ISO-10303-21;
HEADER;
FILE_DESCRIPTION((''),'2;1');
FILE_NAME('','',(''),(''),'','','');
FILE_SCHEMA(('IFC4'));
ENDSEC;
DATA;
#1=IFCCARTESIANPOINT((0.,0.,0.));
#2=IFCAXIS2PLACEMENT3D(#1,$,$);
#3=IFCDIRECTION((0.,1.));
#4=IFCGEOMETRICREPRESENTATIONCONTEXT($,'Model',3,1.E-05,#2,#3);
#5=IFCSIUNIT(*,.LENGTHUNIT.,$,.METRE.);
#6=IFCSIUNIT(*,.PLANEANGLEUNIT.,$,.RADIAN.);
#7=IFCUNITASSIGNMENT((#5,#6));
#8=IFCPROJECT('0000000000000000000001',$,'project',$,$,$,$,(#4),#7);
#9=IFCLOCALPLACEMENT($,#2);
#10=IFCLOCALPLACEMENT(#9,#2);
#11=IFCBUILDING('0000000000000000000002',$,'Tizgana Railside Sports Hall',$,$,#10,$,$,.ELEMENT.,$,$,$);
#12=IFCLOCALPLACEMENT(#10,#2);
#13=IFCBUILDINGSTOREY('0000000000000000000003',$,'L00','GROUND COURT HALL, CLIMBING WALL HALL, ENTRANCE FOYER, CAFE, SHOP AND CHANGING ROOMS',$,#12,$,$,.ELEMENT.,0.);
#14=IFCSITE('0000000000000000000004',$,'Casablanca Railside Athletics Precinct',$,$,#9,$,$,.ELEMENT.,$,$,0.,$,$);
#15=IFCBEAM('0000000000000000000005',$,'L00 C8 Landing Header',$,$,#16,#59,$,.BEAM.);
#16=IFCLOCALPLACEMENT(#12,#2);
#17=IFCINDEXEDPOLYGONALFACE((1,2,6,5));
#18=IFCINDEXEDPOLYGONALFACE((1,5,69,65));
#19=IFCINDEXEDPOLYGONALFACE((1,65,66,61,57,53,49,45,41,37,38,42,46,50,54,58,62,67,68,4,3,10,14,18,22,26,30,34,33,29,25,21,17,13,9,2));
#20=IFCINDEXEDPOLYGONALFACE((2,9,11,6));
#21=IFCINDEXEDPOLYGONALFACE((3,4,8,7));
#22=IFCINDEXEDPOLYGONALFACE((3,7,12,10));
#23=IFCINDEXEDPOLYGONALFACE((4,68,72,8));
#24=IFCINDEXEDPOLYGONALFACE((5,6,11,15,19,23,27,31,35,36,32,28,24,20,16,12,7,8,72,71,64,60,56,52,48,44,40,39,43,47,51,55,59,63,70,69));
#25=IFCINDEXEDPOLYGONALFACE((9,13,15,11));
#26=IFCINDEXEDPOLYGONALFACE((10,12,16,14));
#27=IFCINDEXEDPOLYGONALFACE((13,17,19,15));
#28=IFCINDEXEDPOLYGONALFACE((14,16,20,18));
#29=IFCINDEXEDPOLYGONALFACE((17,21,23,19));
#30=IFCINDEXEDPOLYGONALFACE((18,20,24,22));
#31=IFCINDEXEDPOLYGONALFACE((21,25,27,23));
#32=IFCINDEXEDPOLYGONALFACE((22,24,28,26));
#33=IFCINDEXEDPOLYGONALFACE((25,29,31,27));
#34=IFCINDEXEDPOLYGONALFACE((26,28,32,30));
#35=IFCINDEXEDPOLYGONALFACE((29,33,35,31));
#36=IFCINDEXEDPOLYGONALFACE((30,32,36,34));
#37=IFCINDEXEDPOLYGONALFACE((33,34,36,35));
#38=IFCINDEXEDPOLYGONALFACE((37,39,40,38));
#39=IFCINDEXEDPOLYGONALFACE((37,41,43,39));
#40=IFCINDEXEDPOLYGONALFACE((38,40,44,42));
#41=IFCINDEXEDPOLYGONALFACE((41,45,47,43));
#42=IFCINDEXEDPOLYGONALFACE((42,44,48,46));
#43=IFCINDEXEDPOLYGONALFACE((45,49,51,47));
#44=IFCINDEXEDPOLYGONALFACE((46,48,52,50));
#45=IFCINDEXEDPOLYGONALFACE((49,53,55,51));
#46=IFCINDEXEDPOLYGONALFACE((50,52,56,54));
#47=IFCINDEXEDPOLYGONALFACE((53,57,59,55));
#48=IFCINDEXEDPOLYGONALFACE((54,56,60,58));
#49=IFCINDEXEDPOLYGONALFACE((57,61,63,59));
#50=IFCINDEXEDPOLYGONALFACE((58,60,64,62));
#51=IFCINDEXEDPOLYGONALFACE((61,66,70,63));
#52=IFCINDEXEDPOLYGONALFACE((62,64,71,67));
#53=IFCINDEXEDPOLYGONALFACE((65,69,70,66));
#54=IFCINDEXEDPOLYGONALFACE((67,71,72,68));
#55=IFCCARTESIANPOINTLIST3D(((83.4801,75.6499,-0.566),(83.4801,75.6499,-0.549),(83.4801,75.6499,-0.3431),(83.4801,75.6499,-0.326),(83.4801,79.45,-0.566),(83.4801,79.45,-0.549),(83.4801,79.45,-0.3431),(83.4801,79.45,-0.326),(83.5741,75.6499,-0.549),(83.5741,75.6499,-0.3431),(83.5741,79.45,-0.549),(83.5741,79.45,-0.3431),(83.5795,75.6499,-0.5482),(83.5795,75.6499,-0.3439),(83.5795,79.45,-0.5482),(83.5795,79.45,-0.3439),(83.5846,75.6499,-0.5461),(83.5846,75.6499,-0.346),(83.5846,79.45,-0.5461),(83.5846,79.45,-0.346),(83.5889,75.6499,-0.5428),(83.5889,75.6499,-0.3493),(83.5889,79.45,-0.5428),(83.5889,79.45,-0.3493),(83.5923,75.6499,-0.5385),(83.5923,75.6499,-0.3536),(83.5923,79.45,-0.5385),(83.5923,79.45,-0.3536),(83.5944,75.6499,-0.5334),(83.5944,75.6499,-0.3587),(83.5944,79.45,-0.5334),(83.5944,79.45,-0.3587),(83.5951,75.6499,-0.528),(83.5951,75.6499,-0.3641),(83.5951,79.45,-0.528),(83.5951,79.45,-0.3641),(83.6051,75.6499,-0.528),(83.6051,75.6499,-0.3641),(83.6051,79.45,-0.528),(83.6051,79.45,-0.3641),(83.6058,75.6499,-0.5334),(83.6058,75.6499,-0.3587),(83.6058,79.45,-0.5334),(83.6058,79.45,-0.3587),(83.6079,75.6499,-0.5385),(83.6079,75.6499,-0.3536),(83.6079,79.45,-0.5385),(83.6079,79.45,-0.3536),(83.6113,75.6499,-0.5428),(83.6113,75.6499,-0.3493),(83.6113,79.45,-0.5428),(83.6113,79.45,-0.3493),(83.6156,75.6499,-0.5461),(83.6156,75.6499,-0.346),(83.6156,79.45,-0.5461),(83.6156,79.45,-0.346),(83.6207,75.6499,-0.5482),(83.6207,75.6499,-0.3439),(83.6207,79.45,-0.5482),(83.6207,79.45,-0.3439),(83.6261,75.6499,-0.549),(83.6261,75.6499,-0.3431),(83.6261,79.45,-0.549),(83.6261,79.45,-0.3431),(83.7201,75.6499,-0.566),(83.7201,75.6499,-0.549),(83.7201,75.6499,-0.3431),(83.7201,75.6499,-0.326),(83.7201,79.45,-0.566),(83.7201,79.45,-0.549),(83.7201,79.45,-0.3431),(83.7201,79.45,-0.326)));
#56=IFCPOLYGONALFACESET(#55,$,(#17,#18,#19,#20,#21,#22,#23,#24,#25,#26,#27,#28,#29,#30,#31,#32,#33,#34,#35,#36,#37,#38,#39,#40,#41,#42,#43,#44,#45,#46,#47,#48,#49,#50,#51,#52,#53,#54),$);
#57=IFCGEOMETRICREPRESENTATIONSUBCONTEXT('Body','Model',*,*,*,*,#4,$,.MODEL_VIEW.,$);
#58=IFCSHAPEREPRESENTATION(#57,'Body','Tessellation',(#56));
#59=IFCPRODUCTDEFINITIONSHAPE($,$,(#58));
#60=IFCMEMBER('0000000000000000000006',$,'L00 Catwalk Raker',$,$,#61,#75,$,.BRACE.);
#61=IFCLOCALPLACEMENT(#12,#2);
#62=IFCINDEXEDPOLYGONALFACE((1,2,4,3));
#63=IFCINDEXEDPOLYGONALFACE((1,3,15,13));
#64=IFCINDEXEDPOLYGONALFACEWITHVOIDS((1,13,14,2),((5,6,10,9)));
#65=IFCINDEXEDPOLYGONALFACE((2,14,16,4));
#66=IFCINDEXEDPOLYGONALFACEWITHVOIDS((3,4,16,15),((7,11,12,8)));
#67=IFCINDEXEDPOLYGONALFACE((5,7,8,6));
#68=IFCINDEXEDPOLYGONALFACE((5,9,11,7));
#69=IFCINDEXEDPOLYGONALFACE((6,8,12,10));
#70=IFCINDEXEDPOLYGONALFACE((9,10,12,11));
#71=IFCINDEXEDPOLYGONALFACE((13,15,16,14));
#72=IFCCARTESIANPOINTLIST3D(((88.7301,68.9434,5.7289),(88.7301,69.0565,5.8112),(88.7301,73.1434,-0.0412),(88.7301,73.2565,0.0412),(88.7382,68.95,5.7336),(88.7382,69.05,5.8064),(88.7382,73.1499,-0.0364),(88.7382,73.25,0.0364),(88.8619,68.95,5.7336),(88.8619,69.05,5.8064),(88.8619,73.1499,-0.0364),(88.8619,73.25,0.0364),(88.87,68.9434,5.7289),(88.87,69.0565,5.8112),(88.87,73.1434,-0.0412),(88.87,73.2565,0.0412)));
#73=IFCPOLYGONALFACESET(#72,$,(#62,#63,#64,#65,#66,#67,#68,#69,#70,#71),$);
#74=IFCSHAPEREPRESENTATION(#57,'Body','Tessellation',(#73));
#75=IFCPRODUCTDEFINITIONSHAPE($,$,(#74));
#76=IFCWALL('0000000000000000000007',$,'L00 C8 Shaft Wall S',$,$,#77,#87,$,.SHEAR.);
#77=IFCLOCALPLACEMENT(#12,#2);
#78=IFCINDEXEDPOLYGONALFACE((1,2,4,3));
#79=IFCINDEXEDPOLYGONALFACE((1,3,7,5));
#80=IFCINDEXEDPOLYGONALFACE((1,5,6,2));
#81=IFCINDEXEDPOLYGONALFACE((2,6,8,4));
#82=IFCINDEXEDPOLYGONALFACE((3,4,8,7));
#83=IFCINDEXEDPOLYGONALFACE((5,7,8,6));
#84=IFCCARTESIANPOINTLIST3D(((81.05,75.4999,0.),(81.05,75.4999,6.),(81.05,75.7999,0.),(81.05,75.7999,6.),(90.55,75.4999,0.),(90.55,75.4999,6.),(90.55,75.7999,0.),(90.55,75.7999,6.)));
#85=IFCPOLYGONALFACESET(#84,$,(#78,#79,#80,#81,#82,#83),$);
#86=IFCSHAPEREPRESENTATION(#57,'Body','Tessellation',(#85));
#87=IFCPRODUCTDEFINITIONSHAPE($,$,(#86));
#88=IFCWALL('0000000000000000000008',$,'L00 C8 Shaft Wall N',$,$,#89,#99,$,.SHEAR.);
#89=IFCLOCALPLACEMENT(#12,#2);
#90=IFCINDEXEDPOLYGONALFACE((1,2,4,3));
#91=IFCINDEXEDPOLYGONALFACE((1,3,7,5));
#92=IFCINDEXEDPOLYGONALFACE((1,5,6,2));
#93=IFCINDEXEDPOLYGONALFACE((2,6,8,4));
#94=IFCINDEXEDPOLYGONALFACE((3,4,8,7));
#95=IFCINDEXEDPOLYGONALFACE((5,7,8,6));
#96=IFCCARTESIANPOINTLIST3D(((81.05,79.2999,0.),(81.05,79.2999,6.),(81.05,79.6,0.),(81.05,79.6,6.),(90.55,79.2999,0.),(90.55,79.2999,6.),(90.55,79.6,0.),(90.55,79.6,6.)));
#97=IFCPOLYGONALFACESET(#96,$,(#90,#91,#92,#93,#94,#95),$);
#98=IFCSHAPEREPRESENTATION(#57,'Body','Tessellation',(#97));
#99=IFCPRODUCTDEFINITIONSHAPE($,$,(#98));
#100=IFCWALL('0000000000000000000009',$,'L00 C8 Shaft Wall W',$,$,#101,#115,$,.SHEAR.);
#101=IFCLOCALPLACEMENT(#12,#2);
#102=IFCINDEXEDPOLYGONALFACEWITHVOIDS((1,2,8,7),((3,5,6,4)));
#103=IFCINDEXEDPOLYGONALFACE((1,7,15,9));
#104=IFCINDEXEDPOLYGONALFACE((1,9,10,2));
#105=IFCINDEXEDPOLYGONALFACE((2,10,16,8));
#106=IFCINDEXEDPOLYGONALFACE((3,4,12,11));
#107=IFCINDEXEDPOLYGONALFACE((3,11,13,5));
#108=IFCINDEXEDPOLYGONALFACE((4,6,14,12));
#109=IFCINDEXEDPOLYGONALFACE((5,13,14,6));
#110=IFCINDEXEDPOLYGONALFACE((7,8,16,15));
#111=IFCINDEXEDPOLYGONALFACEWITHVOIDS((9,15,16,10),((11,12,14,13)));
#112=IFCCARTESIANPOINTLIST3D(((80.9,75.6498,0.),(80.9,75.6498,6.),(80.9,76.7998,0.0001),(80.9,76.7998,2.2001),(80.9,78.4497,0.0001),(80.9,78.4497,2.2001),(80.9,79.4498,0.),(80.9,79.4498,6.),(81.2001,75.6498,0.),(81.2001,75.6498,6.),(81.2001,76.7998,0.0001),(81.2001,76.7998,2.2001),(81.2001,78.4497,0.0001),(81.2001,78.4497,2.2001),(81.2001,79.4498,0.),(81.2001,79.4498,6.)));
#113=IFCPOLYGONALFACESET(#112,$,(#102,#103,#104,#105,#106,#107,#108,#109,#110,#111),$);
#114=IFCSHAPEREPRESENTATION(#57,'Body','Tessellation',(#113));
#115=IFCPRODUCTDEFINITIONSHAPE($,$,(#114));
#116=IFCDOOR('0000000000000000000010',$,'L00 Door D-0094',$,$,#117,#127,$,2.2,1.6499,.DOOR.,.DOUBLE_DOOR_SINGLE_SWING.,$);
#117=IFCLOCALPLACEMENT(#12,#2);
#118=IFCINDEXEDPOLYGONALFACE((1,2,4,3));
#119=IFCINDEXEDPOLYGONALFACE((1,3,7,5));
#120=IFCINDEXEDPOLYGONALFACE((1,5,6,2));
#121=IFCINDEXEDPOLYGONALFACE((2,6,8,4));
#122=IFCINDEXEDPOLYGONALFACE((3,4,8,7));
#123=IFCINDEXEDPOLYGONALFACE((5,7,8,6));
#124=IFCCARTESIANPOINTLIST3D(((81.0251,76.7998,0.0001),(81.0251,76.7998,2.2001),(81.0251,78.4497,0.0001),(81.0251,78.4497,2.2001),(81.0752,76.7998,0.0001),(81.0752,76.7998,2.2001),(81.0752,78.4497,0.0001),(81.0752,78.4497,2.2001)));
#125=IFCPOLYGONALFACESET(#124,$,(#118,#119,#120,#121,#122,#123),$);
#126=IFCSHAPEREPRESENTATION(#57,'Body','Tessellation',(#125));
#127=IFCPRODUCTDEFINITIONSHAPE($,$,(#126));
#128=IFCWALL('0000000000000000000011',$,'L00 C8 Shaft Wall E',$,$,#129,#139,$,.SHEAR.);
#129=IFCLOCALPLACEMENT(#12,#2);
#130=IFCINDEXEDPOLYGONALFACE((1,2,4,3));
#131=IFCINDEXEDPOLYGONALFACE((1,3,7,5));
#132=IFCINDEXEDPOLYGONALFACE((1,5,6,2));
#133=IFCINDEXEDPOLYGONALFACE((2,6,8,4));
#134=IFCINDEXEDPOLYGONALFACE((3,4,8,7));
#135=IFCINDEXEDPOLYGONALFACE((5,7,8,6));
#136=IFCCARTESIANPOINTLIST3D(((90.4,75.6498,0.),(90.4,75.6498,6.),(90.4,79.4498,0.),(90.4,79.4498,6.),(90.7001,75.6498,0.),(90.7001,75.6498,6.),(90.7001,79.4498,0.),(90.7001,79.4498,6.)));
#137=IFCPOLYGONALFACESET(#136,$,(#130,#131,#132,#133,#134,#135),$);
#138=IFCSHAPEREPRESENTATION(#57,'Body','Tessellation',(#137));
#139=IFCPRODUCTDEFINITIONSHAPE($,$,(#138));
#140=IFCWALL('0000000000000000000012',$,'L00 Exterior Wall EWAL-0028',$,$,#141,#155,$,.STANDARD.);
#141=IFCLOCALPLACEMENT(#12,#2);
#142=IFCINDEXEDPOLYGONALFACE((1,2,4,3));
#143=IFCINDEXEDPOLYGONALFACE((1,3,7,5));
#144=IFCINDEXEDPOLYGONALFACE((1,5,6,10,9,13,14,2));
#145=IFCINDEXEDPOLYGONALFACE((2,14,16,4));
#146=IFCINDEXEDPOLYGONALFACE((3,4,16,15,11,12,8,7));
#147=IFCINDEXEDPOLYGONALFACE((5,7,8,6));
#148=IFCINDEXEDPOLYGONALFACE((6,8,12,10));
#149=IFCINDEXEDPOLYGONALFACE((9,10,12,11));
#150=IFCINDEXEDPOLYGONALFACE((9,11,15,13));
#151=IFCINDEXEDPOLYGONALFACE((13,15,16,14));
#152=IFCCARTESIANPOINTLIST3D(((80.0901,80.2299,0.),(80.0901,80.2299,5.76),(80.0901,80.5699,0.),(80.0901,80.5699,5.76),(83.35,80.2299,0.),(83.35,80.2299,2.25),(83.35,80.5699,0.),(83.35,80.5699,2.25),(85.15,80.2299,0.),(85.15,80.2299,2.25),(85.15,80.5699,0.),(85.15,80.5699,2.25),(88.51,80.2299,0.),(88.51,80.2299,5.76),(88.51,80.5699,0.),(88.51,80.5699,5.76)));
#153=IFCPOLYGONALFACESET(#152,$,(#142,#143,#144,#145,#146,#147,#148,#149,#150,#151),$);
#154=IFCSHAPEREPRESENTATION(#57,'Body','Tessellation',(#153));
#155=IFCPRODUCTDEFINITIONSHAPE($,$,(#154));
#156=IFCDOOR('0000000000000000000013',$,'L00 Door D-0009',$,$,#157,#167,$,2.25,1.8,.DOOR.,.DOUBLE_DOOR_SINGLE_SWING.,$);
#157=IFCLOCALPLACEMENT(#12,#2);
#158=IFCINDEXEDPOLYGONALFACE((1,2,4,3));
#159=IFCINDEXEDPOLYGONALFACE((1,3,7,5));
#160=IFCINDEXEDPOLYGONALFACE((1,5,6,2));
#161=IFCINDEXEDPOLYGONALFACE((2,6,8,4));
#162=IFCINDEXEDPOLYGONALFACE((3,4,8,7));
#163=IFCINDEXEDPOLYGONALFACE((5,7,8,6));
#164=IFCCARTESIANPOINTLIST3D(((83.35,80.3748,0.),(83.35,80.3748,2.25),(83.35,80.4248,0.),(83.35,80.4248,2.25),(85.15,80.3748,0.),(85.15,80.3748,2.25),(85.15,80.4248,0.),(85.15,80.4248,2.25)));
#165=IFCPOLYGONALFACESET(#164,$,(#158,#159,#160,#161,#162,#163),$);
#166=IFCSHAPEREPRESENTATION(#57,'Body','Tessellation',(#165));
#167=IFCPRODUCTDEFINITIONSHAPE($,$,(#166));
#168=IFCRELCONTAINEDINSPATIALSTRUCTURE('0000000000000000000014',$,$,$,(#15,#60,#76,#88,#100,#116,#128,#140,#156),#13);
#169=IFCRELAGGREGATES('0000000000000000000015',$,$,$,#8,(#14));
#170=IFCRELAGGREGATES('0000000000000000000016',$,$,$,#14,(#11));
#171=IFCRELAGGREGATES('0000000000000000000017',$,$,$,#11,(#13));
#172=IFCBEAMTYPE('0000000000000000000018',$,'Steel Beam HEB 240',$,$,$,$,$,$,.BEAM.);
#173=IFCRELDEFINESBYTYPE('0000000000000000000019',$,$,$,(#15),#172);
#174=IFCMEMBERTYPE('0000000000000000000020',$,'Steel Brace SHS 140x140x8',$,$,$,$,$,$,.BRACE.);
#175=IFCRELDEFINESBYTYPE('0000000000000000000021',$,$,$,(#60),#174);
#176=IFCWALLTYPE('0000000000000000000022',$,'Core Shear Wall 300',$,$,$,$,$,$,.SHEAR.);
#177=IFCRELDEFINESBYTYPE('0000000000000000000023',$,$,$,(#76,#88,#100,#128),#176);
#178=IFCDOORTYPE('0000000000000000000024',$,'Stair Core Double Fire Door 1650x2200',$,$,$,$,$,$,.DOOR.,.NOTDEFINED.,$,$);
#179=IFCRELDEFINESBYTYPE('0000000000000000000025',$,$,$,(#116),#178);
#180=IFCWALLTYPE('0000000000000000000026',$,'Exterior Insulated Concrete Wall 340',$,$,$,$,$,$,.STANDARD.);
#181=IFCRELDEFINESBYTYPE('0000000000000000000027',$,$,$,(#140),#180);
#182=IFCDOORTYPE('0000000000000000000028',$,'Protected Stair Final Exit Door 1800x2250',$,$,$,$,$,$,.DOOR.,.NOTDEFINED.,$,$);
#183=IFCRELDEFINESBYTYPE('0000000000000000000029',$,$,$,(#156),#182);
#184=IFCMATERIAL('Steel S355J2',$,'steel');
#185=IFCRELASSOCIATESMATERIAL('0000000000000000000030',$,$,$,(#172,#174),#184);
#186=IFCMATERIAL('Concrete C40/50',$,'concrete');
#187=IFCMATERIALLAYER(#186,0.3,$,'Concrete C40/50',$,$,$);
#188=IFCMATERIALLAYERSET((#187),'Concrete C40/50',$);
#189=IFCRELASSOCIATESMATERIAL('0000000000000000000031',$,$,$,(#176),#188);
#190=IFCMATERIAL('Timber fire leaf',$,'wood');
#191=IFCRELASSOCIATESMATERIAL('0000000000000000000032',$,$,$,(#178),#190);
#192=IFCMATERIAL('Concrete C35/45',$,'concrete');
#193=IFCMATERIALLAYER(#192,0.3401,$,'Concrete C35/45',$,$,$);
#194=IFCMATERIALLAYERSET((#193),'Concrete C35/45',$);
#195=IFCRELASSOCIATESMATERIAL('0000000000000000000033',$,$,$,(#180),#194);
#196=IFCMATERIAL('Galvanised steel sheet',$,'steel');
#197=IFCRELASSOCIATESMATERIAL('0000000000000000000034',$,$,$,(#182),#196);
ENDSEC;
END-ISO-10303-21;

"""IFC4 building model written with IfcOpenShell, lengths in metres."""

from ifc_helpers import new_model, si_unit, direction, frame, frame_2d, origin, origin_2d, place, context, subcontext, project, spatial, rectangle, hollow_rectangle, i_section, extrude, material, layer, layer_set, material_profile, profile_set, type_object, element, fill, save


model = new_model("IFC4")

# Units and contexts
model_context = context("Model", 3, precision=1e-05, world=origin(), true_north=direction((0.0, 1.0)))
body_context = subcontext(model_context, "Body", "Model", "MODEL_VIEW")
ifc_project = project(units=[si_unit("LENGTHUNIT", "METRE"), si_unit("PLANEANGLEUNIT", "RADIAN")], contexts=[model_context])

# Site, building, storey
site_placement = place(None, origin())
site = spatial("IfcSite", under=ifc_project, at=site_placement, Name="Casablanca Railside Athletics Precinct", CompositionType="ELEMENT", RefElevation=0.0)
building_placement = place(site_placement, origin())
building = spatial("IfcBuilding", under=site, at=building_placement, Name="Tizgana Railside Sports Hall", CompositionType="ELEMENT")
storey_placement = place(building_placement, origin())
storey = spatial("IfcBuildingStorey", under=building, at=storey_placement, Name="L00", Description="GROUND COURT HALL, CLIMBING WALL HALL, ENTRANCE FOYER, CAFE, SHOP AND CHANGING ROOMS", CompositionType="ELEMENT", Elevation=0.0)

# Shared definitions
ifc_material_1 = material(Name="Concrete C40/50", Category="concrete")

# Beam
ifc_material_2 = material(Name="Steel S355J2", Category="steel")
ifc_material_profile_1 = material_profile(ifc_material_2, i_section(OverallWidth=0.24, OverallDepth=0.24, WebThickness=0.01, FlangeThickness=0.0171, FilletRadius=0.021, at=origin_2d()), Name="HEB 240")
ifc_profile_set_1 = profile_set([ifc_material_profile_1], Name="Steel S355J2")
beam_type_1 = type_object("IfcBeamType", Name="Steel Beam HEB 240", PredefinedType="BEAM", material=ifc_profile_set_1)
beam_placement = place(storey_placement, frame((83.6001, 75.6499, -0.446), z_axis=(0.0, 1.0, 0.0), x_axis=(-1.0, 0.0, 0.0)))
element("IfcBeam", 1, at=beam_placement, inside=storey, type_object=beam_type_1, Name="L00 C8 Landing Header", PredefinedType="BEAM", context=body_context, shape_type="SweptSolid", body=[
    extrude(i_section(OverallWidth=0.24, OverallDepth=0.24, WebThickness=0.01, FlangeThickness=0.0171, FilletRadius=0.021, at=origin_2d()), origin(), (0.0, 0.0, 1.0), 3.8),
])

# Member
ifc_material_profile_2 = material_profile(ifc_material_2, hollow_rectangle(XDim=0.1399, YDim=0.1399, WallThickness=0.0081, at=origin_2d()), Name="SHS 140x140x8")
ifc_profile_set_2 = profile_set([ifc_material_profile_2], Name="Steel S355J2")
member_type = type_object("IfcMemberType", Name="Steel Brace SHS 140x140x8", PredefinedType="BRACE", material=ifc_profile_set_2)
member_placement = place(storey_placement, frame((88.8, 73.2, 0.0), z_axis=(0.0, -0.588499, 0.808498), x_axis=(1.0, 0.0, 0.0)))
element("IfcMember", 2, at=member_placement, inside=storey, type_object=member_type, Name="L00 Catwalk Raker", PredefinedType="BRACE", context=body_context, shape_type="SweptSolid", body=[
    extrude(hollow_rectangle(XDim=0.1399, YDim=0.1399, WallThickness=0.0081, at=origin_2d()), origin(), (0.0, 0.0, 1.0), 7.1367),
])

# Walls
ifc_layer_1 = layer(ifc_material_1, 0.3, Name="Concrete C40/50")
ifc_layer_set_1 = layer_set([ifc_layer_1], Name="Concrete C40/50")
wall_type_1 = type_object("IfcWallType", Name="Core Shear Wall 300", PredefinedType="SHEAR", material=ifc_layer_set_1)
for number, where, z_axis, x_axis, name in (
    (3, (90.55, 75.6499, 0.0), (0.0, 0.0, 1.0), (-1.0, 0.0, 0.0), "L00 C8 Shaft Wall S"),
    (4, (81.05, 79.45, 0.0), (0.0, 0.0, 1.0), (1.0, 0.0, 0.0), "L00 C8 Shaft Wall N"),
):
    element("IfcWall", number, at=place(storey_placement, frame(where, z_axis=z_axis, x_axis=x_axis)), inside=storey, type_object=wall_type_1, Name=name, PredefinedType="SHEAR", context=body_context, shape_type="SweptSolid", body=[
        extrude(rectangle(XDim=9.5, YDim=0.3, at=frame_2d((4.75, 0.0))), origin(), (0.0, 0.0, 1.0), 6.0),
    ])

# Wall, opening, door
wall_1_placement = place(storey_placement, frame((81.05, 75.6499, 0.0), z_axis=(0.0, 0.0, 1.0), x_axis=(0.0, 1.0, 0.0)))
wall_1 = element("IfcWall", 5, at=wall_1_placement, inside=storey, type_object=wall_type_1, Name="L00 C8 Shaft Wall W", PredefinedType="SHEAR", context=body_context, shape_type="SweptSolid", body=[
    extrude(rectangle(XDim=3.8, YDim=0.3, at=frame_2d((1.8999, 0.0))), origin(), (0.0, 0.0, 1.0), 6.0),
])
opening_1_placement = place(wall_1_placement, frame((1.1499, 0.0, 0.0)))
opening_1 = element("IfcOpeningElement", 6, at=opening_1_placement, cuts=wall_1, PredefinedType="OPENING", context=body_context, shape_type="SweptSolid", body=[
    extrude(rectangle(XDim=1.6499, YDim=2.2, at=frame_2d((0.825, 1.1001))), frame((0.0, 0.1599, 0.0), z_axis=(0.0, -1.0, 0.0), x_axis=(1.0, 0.0, 0.0)), (0.0, 0.0, 1.0), 0.3201),
])
ifc_material_3 = material(Name="Timber fire leaf", Category="wood")
door_type_1 = type_object("IfcDoorType", Name="Stair Core Double Fire Door 1650x2200", OperationType="NOTDEFINED", PredefinedType="DOOR", material=ifc_material_3)
door_1_placement = place(opening_1_placement, origin())
door_1 = element("IfcDoor", 7, at=door_1_placement, inside=storey, type_object=door_type_1, Name="L00 Door D-0094", OperationType="DOUBLE_DOOR_SINGLE_SWING", OverallHeight=2.2, OverallWidth=1.6499, PredefinedType="DOOR", context=body_context, shape_type="SweptSolid", body=[
    extrude(rectangle(XDim=1.6499, YDim=2.2, at=frame_2d((0.825, 1.1001))), frame((0.0, 0.0249, 0.0), z_axis=(0.0, -1.0, 0.0), x_axis=(1.0, 0.0, 0.0)), (0.0, 0.0, 1.0), 0.05),
])
fill(opening_1, door_1)

# Wall
wall_2_placement = place(storey_placement, frame((90.55, 75.6499, 0.0), z_axis=(0.0, 0.0, 1.0), x_axis=(0.0, 1.0, 0.0)))
element("IfcWall", 8, at=wall_2_placement, inside=storey, type_object=wall_type_1, Name="L00 C8 Shaft Wall E", PredefinedType="SHEAR", context=body_context, shape_type="SweptSolid", body=[
    extrude(rectangle(XDim=3.8, YDim=0.3, at=frame_2d((1.8999, 0.0))), origin(), (0.0, 0.0, 1.0), 6.0),
])

# Wall, opening, door
ifc_material_4 = material(Name="Concrete C35/45", Category="concrete")
ifc_layer_2 = layer(ifc_material_4, 0.3401, Name="Concrete C35/45")
ifc_layer_set_2 = layer_set([ifc_layer_2], Name="Concrete C35/45")
wall_type_2 = type_object("IfcWallType", Name="Exterior Insulated Concrete Wall 340", PredefinedType="STANDARD", material=ifc_layer_set_2)
wall_3_placement = place(storey_placement, frame((80.0901, 80.3999, 0.0), z_axis=(0.0, 0.0, 1.0), x_axis=(1.0, 0.0, 0.0)))
wall_3 = element("IfcWall", 9, at=wall_3_placement, inside=storey, type_object=wall_type_2, Name="L00 Exterior Wall EWAL-0028", PredefinedType="STANDARD", context=body_context, shape_type="SweptSolid", body=[
    extrude(rectangle(XDim=8.4199, YDim=0.3401, at=frame_2d((4.21, 0.0))), origin(), (0.0, 0.0, 1.0), 5.76),
])
opening_2_placement = place(wall_3_placement, frame((3.26, 0.0, 0.0)))
opening_2 = element("IfcOpeningElement", 10, at=opening_2_placement, cuts=wall_3, PredefinedType="OPENING", context=body_context, shape_type="SweptSolid", body=[
    extrude(rectangle(XDim=1.8, YDim=2.25, at=frame_2d((0.8999, 1.125))), frame((0.0, 0.1799, 0.0), z_axis=(0.0, -1.0, 0.0), x_axis=(1.0, 0.0, 0.0)), (0.0, 0.0, 1.0), 0.3601),
])
ifc_material_5 = material(Name="Galvanised steel sheet", Category="steel")
door_type_2 = type_object("IfcDoorType", Name="Protected Stair Final Exit Door 1800x2250", OperationType="NOTDEFINED", PredefinedType="DOOR", material=ifc_material_5)
door_2_placement = place(opening_2_placement, origin())
door_2 = element("IfcDoor", 11, at=door_2_placement, inside=storey, type_object=door_type_2, Name="L00 Door D-0009", OperationType="DOUBLE_DOOR_SINGLE_SWING", OverallHeight=2.25, OverallWidth=1.8, PredefinedType="DOOR", context=body_context, shape_type="SweptSolid", body=[
    extrude(rectangle(XDim=1.8, YDim=2.25, at=frame_2d((0.8999, 1.125))), frame((0.0, 0.0249, 0.0), z_axis=(0.0, -1.0, 0.0), x_axis=(1.0, 0.0, 0.0)), (0.0, 0.0, 1.0), 0.05),
])
fill(opening_2, door_2)

save(model, "model.ifc")
